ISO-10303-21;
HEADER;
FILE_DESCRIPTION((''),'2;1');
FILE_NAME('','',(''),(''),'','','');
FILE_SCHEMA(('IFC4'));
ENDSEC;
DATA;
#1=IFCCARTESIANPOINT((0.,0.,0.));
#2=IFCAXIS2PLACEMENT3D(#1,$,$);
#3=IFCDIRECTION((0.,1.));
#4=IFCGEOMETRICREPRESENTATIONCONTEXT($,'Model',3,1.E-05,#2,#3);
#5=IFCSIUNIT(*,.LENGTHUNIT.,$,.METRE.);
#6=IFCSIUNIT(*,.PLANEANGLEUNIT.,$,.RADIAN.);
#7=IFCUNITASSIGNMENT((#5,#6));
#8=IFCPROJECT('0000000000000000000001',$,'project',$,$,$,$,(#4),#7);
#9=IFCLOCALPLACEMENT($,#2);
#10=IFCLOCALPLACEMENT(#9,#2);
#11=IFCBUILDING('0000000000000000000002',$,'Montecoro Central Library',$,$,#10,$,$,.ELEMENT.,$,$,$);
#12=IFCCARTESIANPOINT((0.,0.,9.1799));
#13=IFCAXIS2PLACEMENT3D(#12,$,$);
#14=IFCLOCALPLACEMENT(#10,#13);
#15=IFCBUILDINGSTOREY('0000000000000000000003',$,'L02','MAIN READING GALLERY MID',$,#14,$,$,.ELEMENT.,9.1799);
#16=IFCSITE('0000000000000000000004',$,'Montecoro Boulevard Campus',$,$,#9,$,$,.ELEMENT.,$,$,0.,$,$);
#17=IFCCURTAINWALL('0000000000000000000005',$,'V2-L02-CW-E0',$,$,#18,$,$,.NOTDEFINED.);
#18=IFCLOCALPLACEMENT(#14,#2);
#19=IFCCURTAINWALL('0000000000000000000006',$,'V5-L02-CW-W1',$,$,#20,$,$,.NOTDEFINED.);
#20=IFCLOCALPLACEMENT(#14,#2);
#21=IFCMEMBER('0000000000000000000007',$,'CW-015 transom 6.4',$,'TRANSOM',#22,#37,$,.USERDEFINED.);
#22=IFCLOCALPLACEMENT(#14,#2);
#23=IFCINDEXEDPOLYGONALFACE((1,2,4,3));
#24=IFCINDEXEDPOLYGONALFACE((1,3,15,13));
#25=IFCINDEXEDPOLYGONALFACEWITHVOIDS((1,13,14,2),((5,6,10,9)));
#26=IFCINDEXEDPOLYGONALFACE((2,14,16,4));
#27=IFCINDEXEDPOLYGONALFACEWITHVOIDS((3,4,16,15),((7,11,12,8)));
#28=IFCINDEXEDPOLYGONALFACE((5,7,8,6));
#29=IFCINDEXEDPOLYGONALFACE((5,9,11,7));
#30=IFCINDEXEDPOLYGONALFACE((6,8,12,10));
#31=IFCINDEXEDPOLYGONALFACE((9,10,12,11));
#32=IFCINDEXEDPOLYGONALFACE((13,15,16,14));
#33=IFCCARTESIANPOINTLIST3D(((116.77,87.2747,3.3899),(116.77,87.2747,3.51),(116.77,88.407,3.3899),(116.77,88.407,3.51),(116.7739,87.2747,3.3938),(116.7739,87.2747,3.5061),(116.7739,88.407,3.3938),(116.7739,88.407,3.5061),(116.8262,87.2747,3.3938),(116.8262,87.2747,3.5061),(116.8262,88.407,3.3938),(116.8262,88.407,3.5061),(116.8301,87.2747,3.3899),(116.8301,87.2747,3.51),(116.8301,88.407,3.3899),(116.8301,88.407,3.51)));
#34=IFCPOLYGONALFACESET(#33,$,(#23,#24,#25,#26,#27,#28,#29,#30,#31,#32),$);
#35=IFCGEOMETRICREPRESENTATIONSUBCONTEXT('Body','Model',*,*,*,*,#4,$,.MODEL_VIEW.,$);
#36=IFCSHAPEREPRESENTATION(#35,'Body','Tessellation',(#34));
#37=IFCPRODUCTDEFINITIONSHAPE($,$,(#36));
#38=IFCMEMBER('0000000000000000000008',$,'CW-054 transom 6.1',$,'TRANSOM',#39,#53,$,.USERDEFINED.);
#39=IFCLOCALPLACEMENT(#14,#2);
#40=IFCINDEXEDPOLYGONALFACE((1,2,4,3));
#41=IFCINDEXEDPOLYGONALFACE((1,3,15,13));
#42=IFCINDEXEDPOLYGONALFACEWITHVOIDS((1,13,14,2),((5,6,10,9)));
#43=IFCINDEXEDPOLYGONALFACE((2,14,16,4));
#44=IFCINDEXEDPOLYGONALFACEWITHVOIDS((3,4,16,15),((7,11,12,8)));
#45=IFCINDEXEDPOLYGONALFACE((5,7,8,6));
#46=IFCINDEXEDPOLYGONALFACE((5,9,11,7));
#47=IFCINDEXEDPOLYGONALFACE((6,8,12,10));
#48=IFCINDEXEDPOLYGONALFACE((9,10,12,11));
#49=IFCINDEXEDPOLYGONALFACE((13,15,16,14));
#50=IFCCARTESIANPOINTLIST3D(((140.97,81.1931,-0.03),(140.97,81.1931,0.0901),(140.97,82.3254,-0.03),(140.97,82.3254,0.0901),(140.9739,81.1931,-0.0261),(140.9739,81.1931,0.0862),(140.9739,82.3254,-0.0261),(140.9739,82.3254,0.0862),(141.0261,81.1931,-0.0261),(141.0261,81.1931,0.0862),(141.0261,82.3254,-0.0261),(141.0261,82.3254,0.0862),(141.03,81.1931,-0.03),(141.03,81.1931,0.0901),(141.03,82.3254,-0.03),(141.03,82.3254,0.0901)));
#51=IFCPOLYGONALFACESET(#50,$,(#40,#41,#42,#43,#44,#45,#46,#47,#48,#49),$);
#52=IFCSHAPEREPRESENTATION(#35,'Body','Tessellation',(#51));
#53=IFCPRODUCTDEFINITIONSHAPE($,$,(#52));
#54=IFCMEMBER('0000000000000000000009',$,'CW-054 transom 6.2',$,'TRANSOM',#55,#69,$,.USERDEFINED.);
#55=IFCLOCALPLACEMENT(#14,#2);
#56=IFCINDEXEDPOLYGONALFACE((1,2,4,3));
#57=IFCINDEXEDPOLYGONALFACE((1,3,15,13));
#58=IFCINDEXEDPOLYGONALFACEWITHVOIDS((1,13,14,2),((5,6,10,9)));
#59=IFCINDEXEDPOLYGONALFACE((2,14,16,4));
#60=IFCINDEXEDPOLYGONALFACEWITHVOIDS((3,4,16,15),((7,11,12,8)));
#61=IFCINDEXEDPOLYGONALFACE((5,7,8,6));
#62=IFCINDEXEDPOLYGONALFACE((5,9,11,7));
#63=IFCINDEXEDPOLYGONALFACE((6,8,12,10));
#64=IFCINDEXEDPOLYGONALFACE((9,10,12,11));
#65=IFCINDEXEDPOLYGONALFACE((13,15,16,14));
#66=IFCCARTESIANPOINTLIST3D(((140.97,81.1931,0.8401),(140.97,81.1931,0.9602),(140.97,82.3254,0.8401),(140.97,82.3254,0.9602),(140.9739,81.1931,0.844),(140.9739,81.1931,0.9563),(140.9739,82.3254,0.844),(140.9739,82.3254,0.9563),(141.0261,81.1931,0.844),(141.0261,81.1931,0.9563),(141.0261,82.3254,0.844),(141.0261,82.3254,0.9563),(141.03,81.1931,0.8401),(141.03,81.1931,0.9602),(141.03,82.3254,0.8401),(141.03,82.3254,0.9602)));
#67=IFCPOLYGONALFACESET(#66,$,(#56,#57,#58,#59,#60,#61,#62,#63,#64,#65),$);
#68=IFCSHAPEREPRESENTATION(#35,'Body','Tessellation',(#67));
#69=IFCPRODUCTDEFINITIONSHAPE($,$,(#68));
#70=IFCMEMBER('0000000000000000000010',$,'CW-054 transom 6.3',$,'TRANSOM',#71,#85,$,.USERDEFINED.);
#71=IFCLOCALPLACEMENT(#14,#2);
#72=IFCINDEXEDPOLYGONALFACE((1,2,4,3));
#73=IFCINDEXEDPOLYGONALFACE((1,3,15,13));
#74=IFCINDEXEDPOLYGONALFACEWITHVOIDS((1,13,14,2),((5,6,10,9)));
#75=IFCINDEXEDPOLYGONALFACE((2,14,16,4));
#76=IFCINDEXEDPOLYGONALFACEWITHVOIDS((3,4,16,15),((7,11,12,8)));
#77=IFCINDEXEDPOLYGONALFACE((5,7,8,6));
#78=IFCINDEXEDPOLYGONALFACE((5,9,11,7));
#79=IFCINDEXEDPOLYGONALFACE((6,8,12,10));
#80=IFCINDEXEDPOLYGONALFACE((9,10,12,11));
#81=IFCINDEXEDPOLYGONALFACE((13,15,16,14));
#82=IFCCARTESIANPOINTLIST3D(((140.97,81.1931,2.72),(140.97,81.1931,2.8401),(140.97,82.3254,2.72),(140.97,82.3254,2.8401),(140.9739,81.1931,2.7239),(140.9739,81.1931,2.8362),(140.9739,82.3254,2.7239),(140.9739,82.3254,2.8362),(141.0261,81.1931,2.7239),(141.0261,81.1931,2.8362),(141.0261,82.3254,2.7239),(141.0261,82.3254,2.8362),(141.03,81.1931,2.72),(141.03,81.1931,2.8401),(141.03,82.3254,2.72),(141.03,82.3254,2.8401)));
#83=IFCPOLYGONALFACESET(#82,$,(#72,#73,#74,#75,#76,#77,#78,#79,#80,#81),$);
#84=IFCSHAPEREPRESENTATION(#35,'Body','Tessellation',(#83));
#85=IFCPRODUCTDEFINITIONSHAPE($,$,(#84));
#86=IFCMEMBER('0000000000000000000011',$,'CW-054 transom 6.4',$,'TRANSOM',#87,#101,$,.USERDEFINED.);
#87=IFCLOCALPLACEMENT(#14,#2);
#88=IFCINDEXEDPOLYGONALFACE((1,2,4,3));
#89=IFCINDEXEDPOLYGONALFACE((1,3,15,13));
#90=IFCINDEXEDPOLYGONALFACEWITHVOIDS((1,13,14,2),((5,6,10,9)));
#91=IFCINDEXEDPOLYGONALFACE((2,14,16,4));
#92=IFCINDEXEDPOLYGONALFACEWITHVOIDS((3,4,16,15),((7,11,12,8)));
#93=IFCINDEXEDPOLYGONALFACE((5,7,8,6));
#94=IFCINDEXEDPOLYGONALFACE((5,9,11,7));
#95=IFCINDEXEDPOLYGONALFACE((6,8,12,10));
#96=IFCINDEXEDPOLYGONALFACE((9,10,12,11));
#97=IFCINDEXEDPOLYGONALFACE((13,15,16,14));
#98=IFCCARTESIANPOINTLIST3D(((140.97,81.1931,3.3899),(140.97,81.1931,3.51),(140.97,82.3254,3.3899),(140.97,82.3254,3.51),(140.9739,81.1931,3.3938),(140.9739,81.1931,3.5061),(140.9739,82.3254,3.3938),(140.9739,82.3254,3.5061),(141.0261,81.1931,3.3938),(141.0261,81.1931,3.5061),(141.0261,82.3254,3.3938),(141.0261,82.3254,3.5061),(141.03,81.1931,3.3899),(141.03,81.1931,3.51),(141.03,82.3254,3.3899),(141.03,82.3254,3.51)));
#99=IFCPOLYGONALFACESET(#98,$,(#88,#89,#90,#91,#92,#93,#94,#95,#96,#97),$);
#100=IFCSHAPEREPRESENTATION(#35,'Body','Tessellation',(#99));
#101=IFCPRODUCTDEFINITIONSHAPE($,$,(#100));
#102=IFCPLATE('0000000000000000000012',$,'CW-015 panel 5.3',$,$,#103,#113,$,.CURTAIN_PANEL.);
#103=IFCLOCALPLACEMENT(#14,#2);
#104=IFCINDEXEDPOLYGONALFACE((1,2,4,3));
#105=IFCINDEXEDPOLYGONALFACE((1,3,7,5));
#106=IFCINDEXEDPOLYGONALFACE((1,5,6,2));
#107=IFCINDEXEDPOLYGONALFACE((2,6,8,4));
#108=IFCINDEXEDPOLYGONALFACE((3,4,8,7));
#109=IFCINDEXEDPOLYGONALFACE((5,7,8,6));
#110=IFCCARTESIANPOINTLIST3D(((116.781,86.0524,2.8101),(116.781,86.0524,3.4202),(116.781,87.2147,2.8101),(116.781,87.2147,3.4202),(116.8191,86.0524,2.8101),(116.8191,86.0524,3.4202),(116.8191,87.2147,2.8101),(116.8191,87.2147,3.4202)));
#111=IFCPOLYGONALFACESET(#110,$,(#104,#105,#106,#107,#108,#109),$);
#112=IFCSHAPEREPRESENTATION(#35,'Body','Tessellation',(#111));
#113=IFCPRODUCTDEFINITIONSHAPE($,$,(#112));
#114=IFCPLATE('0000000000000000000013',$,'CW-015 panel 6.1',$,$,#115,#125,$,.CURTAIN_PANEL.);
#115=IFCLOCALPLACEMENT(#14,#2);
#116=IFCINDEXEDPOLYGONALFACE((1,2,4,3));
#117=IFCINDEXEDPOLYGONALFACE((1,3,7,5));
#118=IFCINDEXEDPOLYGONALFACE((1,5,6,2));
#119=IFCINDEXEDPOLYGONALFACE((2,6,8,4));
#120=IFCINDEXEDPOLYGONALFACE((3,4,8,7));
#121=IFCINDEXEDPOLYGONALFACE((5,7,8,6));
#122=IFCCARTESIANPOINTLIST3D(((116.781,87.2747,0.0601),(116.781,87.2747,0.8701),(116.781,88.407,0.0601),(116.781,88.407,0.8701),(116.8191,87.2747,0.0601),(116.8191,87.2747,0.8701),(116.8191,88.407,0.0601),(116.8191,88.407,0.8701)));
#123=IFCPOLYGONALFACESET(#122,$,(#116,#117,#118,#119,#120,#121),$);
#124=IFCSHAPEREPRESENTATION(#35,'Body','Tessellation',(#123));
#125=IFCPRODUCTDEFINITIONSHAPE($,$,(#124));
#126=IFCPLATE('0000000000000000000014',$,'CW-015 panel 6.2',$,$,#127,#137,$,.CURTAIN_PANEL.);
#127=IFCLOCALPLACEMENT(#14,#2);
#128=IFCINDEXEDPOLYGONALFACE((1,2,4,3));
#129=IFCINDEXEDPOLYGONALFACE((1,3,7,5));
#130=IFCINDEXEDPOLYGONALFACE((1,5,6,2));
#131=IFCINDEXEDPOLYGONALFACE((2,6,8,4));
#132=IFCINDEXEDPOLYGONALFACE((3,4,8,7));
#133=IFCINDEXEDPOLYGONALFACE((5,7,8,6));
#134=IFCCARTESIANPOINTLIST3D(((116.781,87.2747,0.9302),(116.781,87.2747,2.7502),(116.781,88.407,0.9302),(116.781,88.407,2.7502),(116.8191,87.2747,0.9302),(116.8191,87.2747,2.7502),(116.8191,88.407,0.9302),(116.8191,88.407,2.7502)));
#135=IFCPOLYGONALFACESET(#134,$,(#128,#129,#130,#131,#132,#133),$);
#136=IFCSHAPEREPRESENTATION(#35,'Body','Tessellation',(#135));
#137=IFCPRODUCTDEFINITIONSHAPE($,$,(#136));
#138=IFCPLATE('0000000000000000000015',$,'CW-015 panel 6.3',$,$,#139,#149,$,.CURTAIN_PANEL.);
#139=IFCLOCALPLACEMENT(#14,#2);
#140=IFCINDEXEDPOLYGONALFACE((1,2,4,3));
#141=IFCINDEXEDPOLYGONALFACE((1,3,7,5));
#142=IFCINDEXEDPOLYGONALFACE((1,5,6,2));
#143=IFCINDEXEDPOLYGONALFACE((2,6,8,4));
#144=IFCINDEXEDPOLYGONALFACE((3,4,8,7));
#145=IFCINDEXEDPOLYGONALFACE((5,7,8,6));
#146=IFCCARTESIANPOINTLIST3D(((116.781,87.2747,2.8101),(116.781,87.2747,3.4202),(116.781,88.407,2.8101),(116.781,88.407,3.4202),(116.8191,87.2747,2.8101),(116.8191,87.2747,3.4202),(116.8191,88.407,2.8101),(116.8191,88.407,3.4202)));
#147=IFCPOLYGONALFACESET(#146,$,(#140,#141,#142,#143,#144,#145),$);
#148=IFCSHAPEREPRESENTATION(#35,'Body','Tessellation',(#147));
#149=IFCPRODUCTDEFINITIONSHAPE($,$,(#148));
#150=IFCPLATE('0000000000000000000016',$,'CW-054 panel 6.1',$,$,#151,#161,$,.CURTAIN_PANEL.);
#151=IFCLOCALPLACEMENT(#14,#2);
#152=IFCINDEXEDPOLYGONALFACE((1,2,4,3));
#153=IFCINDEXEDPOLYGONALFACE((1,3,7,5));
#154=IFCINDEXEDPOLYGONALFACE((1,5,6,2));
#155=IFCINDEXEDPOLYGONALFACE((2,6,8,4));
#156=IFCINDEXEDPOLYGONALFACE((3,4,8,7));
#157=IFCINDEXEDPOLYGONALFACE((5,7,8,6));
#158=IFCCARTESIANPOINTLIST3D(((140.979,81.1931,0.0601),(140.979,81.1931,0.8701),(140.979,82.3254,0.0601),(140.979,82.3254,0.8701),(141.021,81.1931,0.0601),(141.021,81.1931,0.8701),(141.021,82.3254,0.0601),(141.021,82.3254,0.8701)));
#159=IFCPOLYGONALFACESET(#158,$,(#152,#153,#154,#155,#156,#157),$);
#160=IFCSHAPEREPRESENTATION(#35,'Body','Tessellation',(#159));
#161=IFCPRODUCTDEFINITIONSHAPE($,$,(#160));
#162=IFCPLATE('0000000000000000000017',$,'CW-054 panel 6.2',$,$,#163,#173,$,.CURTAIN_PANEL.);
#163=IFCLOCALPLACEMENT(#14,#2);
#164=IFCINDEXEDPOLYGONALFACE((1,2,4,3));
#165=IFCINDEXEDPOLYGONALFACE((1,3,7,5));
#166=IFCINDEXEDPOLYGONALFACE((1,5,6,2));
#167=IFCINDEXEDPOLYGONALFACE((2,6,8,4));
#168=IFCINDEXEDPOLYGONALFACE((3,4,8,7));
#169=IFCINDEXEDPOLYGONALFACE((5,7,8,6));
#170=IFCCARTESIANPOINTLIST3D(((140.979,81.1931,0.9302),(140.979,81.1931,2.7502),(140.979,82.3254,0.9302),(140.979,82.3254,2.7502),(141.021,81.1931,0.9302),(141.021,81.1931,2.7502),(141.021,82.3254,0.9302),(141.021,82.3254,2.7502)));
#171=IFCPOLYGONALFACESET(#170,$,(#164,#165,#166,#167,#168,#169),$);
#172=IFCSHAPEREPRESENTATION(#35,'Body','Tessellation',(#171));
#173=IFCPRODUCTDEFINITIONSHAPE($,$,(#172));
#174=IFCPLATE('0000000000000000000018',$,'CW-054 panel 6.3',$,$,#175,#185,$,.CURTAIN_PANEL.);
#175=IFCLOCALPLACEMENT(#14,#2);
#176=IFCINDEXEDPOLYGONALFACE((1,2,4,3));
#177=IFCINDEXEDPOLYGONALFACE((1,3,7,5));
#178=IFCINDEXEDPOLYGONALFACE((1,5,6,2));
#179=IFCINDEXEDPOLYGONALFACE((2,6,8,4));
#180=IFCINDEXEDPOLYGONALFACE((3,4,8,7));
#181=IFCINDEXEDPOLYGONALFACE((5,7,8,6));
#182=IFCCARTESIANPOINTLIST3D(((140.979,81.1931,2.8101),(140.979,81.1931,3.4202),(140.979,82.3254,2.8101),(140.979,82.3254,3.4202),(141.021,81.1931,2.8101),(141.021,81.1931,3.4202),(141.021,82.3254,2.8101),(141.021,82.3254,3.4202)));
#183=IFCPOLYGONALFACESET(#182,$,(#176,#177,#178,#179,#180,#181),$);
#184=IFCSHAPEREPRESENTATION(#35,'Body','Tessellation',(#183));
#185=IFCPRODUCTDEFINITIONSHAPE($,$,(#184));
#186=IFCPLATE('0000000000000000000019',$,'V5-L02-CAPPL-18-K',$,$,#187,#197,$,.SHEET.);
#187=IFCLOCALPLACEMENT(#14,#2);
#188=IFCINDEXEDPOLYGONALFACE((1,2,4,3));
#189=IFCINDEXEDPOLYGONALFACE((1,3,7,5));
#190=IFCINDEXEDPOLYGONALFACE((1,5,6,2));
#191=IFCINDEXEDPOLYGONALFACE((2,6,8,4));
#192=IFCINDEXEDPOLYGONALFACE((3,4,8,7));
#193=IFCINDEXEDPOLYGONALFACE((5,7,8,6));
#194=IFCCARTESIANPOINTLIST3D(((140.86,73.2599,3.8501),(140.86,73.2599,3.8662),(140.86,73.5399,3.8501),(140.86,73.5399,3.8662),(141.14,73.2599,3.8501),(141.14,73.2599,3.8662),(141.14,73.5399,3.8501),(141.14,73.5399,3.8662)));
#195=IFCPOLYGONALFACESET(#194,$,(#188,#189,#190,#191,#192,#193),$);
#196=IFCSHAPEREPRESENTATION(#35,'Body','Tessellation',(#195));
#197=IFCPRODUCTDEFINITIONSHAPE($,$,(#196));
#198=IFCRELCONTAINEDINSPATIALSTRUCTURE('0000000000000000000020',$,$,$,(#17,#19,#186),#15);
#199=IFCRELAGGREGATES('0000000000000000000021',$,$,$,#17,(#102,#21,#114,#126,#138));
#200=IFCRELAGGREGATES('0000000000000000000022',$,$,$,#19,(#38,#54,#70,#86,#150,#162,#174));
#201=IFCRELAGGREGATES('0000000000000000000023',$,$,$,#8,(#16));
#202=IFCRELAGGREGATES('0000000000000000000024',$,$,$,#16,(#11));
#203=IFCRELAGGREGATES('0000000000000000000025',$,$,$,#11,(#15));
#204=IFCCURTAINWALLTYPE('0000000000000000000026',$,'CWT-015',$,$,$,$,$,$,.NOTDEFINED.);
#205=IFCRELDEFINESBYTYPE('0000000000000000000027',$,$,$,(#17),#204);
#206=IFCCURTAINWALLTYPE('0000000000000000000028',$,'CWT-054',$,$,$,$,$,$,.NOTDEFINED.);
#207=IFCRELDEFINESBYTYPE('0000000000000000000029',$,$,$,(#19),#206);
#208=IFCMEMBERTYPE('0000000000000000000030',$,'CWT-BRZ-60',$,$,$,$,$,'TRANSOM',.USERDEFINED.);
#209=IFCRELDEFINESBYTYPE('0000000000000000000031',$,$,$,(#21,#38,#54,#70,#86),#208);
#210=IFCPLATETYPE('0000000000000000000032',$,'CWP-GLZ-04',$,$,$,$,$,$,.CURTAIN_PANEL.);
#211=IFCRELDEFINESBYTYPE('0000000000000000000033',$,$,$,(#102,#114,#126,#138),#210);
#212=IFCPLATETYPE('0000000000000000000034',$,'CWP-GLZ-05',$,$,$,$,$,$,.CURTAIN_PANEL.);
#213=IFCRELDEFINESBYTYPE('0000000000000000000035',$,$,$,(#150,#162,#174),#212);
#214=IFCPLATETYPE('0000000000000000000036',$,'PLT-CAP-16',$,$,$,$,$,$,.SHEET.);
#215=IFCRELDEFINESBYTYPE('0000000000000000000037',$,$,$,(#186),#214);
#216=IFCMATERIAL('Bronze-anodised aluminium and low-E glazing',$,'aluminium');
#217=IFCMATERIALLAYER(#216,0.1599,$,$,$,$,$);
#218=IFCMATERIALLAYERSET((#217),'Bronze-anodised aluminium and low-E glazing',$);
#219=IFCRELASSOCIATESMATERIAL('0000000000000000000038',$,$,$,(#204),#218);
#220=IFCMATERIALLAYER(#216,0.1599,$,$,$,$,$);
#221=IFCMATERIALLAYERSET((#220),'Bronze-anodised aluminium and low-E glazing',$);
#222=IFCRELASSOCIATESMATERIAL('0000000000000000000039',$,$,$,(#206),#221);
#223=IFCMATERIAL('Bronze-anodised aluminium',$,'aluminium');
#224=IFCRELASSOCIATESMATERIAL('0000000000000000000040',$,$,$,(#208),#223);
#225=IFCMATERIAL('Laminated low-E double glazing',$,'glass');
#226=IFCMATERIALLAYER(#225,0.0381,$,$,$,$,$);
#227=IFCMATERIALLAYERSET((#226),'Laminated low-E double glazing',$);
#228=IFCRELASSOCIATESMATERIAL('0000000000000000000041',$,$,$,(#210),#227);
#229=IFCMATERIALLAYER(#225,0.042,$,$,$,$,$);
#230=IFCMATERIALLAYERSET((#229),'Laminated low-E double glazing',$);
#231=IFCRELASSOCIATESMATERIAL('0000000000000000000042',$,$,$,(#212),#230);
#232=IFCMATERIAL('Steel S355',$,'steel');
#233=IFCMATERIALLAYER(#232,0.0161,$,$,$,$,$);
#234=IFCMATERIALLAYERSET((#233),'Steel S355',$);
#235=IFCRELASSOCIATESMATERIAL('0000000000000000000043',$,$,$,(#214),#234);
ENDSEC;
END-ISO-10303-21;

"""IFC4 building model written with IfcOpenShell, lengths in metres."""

from ifc_helpers import new_model, si_unit, direction, frame, origin, origin_2d, place, context, subcontext, project, spatial, rectangle, hollow_rectangle, extrude, material, layer, layer_set, material_profile, profile_set, type_object, element, aggregate, save


model = new_model("IFC4")

# Units and contexts
model_context = context("Model", 3, precision=1e-05, world=origin(), true_north=direction((0.0, 1.0)))
body_context = subcontext(model_context, "Body", "Model", "MODEL_VIEW")
ifc_project = project(units=[si_unit("LENGTHUNIT", "METRE"), si_unit("PLANEANGLEUNIT", "RADIAN")], contexts=[model_context])

# Site, building, storey
site_placement = place(None, origin())
site = spatial("IfcSite", under=ifc_project, at=site_placement, Name="Montecoro Boulevard Campus", CompositionType="ELEMENT", RefElevation=0.0)
building_placement = place(site_placement, origin())
building = spatial("IfcBuilding", under=site, at=building_placement, Name="Montecoro Central Library", CompositionType="ELEMENT")
storey_placement = place(building_placement, frame((0.0, 0.0, 9.1799)))
storey = spatial("IfcBuildingStorey", under=building, at=storey_placement, Name="L02", Description="MAIN READING GALLERY MID", CompositionType="ELEMENT", Elevation=9.1799)

# Shared definitions
ifc_material_1 = material(Name="Steel S355", Category="steel")

# Curtain wall
ifc_material_2 = material(Name="Bronze-anodised aluminium and low-E glazing", Category="aluminium")
ifc_layer_1 = layer(ifc_material_2, 0.1599)
ifc_layer_set_1 = layer_set([ifc_layer_1], Name="Bronze-anodised aluminium and low-E glazing")
curtain_wall_type_1 = type_object("IfcCurtainWallType", Name="CWT-015", PredefinedType="NOTDEFINED", material=ifc_layer_set_1)
curtain_wall_1_placement = place(storey_placement, origin())
curtain_wall_1 = element("IfcCurtainWall", 1, at=curtain_wall_1_placement, inside=storey, type_object=curtain_wall_type_1, Name="V2-L02-CW-E0", PredefinedType="NOTDEFINED")
ifc_material_3 = material(Name="Bronze-anodised aluminium", Category="aluminium")

# Curtain wall
ifc_layer_2 = layer(ifc_material_2, 0.1599)
ifc_layer_set_2 = layer_set([ifc_layer_2], Name="Bronze-anodised aluminium and low-E glazing")
curtain_wall_type_2 = type_object("IfcCurtainWallType", Name="CWT-054", PredefinedType="NOTDEFINED", material=ifc_layer_set_2)
curtain_wall_2_placement = place(storey_placement, origin())
curtain_wall_2 = element("IfcCurtainWall", 2, at=curtain_wall_2_placement, inside=storey, type_object=curtain_wall_type_2, Name="V5-L02-CW-W1", PredefinedType="NOTDEFINED")

# Members
ifc_material_profile_1 = material_profile(ifc_material_3, hollow_rectangle(XDim=0.0601, YDim=0.1201, WallThickness=0.0039, at=origin_2d()), Name="CWT 120x60x4.0")
ifc_profile_set_1 = profile_set([ifc_material_profile_1], Name="Bronze-anodised aluminium")
member_type_1 = type_object("IfcMemberType", Name="CWT-BRZ-60", ElementType="TRANSOM", PredefinedType="USERDEFINED", material=ifc_profile_set_1)
member_1_placement = place(storey_placement, frame((116.8, 87.2747, 3.45), z_axis=(0.0, 1.0, 0.0), x_axis=(-1.0, 0.0, 0.0)))
member_1 = element("IfcMember", 3, at=member_1_placement, type_object=member_type_1, Name="CW-015 transom 6.4", ObjectType="TRANSOM", PredefinedType="USERDEFINED", context=body_context, shape_type="SweptSolid", body=[
    extrude(hollow_rectangle(XDim=0.0601, YDim=0.1201, WallThickness=0.0039, at=origin_2d()), origin(), (0.0, 0.0, 1.0), 1.1323),
])
member_2_placement = place(storey_placement, frame((141.0, 82.3254, 0.03), z_axis=(0.0, -1.0, 0.0), x_axis=(1.0, 0.0, 0.0)))
member_2 = element("IfcMember", 4, at=member_2_placement, type_object=member_type_1, Name="CW-054 transom 6.1", ObjectType="TRANSOM", PredefinedType="USERDEFINED", context=body_context, shape_type="SweptSolid", body=[
    extrude(hollow_rectangle(XDim=0.0601, YDim=0.1201, WallThickness=0.0039, at=origin_2d()), origin(), (0.0, 0.0, 1.0), 1.1323),
])
member_3_placement = place(storey_placement, frame((141.0, 82.3254, 0.9001), z_axis=(0.0, -1.0, 0.0), x_axis=(1.0, 0.0, 0.0)))
member_3 = element("IfcMember", 5, at=member_3_placement, type_object=member_type_1, Name="CW-054 transom 6.2", ObjectType="TRANSOM", PredefinedType="USERDEFINED", context=body_context, shape_type="SweptSolid", body=[
    extrude(hollow_rectangle(XDim=0.0601, YDim=0.1201, WallThickness=0.0039, at=origin_2d()), origin(), (0.0, 0.0, 1.0), 1.1323),
])
member_4_placement = place(storey_placement, frame((141.0, 82.3254, 2.78), z_axis=(0.0, -1.0, 0.0), x_axis=(1.0, 0.0, 0.0)))
member_4 = element("IfcMember", 6, at=member_4_placement, type_object=member_type_1, Name="CW-054 transom 6.3", ObjectType="TRANSOM", PredefinedType="USERDEFINED", context=body_context, shape_type="SweptSolid", body=[
    extrude(hollow_rectangle(XDim=0.0601, YDim=0.1201, WallThickness=0.0039, at=origin_2d()), origin(), (0.0, 0.0, 1.0), 1.1323),
])
member_5_placement = place(storey_placement, frame((141.0, 82.3254, 3.45), z_axis=(0.0, -1.0, 0.0), x_axis=(1.0, 0.0, 0.0)))
member_5 = element("IfcMember", 7, at=member_5_placement, type_object=member_type_1, Name="CW-054 transom 6.4", ObjectType="TRANSOM", PredefinedType="USERDEFINED", context=body_context, shape_type="SweptSolid", body=[
    extrude(hollow_rectangle(XDim=0.0601, YDim=0.1201, WallThickness=0.0039, at=origin_2d()), origin(), (0.0, 0.0, 1.0), 1.1323),
])

# Plates
ifc_material_4 = material(Name="Laminated low-E double glazing", Category="glass")
ifc_layer_3 = layer(ifc_material_4, 0.0381)
ifc_layer_set_3 = layer_set([ifc_layer_3], Name="Laminated low-E double glazing")
plate_type_1 = type_object("IfcPlateType", Name="CWP-GLZ-04", PredefinedType="CURTAIN_PANEL", material=ifc_layer_set_3)
plate_1_placement = place(storey_placement, frame((116.8, 86.6335, 2.8101), z_axis=(0.0, 0.0, 1.0), x_axis=(0.0, 1.0, 0.0)))
plate_1 = element("IfcPlate", 8, at=plate_1_placement, type_object=plate_type_1, Name="CW-015 panel 5.3", PredefinedType="CURTAIN_PANEL", context=body_context, shape_type="SweptSolid", body=[
    extrude(rectangle(XDim=1.1624, YDim=0.0381, at=origin_2d()), origin(), (0.0, 0.0, 1.0), 0.6101),
])
plate_2_placement = place(storey_placement, frame((116.8, 87.8408, 0.0601), z_axis=(0.0, 0.0, 1.0), x_axis=(0.0, 1.0, 0.0)))
plate_2 = element("IfcPlate", 9, at=plate_2_placement, type_object=plate_type_1, Name="CW-015 panel 6.1", PredefinedType="CURTAIN_PANEL", context=body_context, shape_type="SweptSolid", body=[
    extrude(rectangle(XDim=1.1323, YDim=0.0381, at=origin_2d()), origin(), (0.0, 0.0, 1.0), 0.8101),
])
plate_3_placement = place(storey_placement, frame((116.8, 87.8408, 0.9302), z_axis=(0.0, 0.0, 1.0), x_axis=(0.0, 1.0, 0.0)))
plate_3 = element("IfcPlate", 10, at=plate_3_placement, type_object=plate_type_1, Name="CW-015 panel 6.2", PredefinedType="CURTAIN_PANEL", context=body_context, shape_type="SweptSolid", body=[
    extrude(rectangle(XDim=1.1323, YDim=0.0381, at=origin_2d()), origin(), (0.0, 0.0, 1.0), 1.8201),
])
plate_4_placement = place(storey_placement, frame((116.8, 87.8408, 2.8101), z_axis=(0.0, 0.0, 1.0), x_axis=(0.0, 1.0, 0.0)))
plate_4 = element("IfcPlate", 11, at=plate_4_placement, type_object=plate_type_1, Name="CW-015 panel 6.3", PredefinedType="CURTAIN_PANEL", context=body_context, shape_type="SweptSolid", body=[
    extrude(rectangle(XDim=1.1323, YDim=0.0381, at=origin_2d()), origin(), (0.0, 0.0, 1.0), 0.6101),
])
aggregate(curtain_wall_1, [plate_1, member_1, plate_2, plate_3, plate_4])
ifc_layer_4 = layer(ifc_material_4, 0.042)
ifc_layer_set_4 = layer_set([ifc_layer_4], Name="Laminated low-E double glazing")
plate_type_2 = type_object("IfcPlateType", Name="CWP-GLZ-05", PredefinedType="CURTAIN_PANEL", material=ifc_layer_set_4)
plate_5_placement = place(storey_placement, frame((141.0, 81.7593, 0.0601), z_axis=(0.0, 0.0, 1.0), x_axis=(0.0, -1.0, 0.0)))
plate_5 = element("IfcPlate", 12, at=plate_5_placement, type_object=plate_type_2, Name="CW-054 panel 6.1", PredefinedType="CURTAIN_PANEL", context=body_context, shape_type="SweptSolid", body=[
    extrude(rectangle(XDim=1.1323, YDim=0.042, at=origin_2d()), origin(), (0.0, 0.0, 1.0), 0.8101),
])
plate_6_placement = place(storey_placement, frame((141.0, 81.7593, 0.9302), z_axis=(0.0, 0.0, 1.0), x_axis=(0.0, -1.0, 0.0)))
plate_6 = element("IfcPlate", 13, at=plate_6_placement, type_object=plate_type_2, Name="CW-054 panel 6.2", PredefinedType="CURTAIN_PANEL", context=body_context, shape_type="SweptSolid", body=[
    extrude(rectangle(XDim=1.1323, YDim=0.042, at=origin_2d()), origin(), (0.0, 0.0, 1.0), 1.8201),
])
plate_7_placement = place(storey_placement, frame((141.0, 81.7593, 2.8101), z_axis=(0.0, 0.0, 1.0), x_axis=(0.0, -1.0, 0.0)))
plate_7 = element("IfcPlate", 14, at=plate_7_placement, type_object=plate_type_2, Name="CW-054 panel 6.3", PredefinedType="CURTAIN_PANEL", context=body_context, shape_type="SweptSolid", body=[
    extrude(rectangle(XDim=1.1323, YDim=0.042, at=origin_2d()), origin(), (0.0, 0.0, 1.0), 0.6101),
])
aggregate(curtain_wall_2, [member_2, member_3, member_4, member_5, plate_5, plate_6, plate_7])

# Plate
ifc_layer_5 = layer(ifc_material_1, 0.0161)
ifc_layer_set_5 = layer_set([ifc_layer_5], Name="Steel S355")
plate_type_3 = type_object("IfcPlateType", Name="PLT-CAP-16", PredefinedType="SHEET", material=ifc_layer_set_5)
for number, where, z_axis, x_axis, name in (
    (15, (141.0, 73.3999, 3.8501), (0.0, 0.0, 1.0), (1.0, 0.0, 0.0), "V5-L02-CAPPL-18-K"),
):
    element("IfcPlate", number, at=place(storey_placement, frame(where, z_axis=z_axis, x_axis=x_axis)), inside=storey, type_object=plate_type_3, Name=name, PredefinedType="SHEET", context=body_context, shape_type="SweptSolid", body=[
        extrude(rectangle(XDim=0.28, YDim=0.28, at=origin_2d()), origin(), (0.0, 0.0, 1.0), 0.0161),
    ])

save(model, "model.ifc")
